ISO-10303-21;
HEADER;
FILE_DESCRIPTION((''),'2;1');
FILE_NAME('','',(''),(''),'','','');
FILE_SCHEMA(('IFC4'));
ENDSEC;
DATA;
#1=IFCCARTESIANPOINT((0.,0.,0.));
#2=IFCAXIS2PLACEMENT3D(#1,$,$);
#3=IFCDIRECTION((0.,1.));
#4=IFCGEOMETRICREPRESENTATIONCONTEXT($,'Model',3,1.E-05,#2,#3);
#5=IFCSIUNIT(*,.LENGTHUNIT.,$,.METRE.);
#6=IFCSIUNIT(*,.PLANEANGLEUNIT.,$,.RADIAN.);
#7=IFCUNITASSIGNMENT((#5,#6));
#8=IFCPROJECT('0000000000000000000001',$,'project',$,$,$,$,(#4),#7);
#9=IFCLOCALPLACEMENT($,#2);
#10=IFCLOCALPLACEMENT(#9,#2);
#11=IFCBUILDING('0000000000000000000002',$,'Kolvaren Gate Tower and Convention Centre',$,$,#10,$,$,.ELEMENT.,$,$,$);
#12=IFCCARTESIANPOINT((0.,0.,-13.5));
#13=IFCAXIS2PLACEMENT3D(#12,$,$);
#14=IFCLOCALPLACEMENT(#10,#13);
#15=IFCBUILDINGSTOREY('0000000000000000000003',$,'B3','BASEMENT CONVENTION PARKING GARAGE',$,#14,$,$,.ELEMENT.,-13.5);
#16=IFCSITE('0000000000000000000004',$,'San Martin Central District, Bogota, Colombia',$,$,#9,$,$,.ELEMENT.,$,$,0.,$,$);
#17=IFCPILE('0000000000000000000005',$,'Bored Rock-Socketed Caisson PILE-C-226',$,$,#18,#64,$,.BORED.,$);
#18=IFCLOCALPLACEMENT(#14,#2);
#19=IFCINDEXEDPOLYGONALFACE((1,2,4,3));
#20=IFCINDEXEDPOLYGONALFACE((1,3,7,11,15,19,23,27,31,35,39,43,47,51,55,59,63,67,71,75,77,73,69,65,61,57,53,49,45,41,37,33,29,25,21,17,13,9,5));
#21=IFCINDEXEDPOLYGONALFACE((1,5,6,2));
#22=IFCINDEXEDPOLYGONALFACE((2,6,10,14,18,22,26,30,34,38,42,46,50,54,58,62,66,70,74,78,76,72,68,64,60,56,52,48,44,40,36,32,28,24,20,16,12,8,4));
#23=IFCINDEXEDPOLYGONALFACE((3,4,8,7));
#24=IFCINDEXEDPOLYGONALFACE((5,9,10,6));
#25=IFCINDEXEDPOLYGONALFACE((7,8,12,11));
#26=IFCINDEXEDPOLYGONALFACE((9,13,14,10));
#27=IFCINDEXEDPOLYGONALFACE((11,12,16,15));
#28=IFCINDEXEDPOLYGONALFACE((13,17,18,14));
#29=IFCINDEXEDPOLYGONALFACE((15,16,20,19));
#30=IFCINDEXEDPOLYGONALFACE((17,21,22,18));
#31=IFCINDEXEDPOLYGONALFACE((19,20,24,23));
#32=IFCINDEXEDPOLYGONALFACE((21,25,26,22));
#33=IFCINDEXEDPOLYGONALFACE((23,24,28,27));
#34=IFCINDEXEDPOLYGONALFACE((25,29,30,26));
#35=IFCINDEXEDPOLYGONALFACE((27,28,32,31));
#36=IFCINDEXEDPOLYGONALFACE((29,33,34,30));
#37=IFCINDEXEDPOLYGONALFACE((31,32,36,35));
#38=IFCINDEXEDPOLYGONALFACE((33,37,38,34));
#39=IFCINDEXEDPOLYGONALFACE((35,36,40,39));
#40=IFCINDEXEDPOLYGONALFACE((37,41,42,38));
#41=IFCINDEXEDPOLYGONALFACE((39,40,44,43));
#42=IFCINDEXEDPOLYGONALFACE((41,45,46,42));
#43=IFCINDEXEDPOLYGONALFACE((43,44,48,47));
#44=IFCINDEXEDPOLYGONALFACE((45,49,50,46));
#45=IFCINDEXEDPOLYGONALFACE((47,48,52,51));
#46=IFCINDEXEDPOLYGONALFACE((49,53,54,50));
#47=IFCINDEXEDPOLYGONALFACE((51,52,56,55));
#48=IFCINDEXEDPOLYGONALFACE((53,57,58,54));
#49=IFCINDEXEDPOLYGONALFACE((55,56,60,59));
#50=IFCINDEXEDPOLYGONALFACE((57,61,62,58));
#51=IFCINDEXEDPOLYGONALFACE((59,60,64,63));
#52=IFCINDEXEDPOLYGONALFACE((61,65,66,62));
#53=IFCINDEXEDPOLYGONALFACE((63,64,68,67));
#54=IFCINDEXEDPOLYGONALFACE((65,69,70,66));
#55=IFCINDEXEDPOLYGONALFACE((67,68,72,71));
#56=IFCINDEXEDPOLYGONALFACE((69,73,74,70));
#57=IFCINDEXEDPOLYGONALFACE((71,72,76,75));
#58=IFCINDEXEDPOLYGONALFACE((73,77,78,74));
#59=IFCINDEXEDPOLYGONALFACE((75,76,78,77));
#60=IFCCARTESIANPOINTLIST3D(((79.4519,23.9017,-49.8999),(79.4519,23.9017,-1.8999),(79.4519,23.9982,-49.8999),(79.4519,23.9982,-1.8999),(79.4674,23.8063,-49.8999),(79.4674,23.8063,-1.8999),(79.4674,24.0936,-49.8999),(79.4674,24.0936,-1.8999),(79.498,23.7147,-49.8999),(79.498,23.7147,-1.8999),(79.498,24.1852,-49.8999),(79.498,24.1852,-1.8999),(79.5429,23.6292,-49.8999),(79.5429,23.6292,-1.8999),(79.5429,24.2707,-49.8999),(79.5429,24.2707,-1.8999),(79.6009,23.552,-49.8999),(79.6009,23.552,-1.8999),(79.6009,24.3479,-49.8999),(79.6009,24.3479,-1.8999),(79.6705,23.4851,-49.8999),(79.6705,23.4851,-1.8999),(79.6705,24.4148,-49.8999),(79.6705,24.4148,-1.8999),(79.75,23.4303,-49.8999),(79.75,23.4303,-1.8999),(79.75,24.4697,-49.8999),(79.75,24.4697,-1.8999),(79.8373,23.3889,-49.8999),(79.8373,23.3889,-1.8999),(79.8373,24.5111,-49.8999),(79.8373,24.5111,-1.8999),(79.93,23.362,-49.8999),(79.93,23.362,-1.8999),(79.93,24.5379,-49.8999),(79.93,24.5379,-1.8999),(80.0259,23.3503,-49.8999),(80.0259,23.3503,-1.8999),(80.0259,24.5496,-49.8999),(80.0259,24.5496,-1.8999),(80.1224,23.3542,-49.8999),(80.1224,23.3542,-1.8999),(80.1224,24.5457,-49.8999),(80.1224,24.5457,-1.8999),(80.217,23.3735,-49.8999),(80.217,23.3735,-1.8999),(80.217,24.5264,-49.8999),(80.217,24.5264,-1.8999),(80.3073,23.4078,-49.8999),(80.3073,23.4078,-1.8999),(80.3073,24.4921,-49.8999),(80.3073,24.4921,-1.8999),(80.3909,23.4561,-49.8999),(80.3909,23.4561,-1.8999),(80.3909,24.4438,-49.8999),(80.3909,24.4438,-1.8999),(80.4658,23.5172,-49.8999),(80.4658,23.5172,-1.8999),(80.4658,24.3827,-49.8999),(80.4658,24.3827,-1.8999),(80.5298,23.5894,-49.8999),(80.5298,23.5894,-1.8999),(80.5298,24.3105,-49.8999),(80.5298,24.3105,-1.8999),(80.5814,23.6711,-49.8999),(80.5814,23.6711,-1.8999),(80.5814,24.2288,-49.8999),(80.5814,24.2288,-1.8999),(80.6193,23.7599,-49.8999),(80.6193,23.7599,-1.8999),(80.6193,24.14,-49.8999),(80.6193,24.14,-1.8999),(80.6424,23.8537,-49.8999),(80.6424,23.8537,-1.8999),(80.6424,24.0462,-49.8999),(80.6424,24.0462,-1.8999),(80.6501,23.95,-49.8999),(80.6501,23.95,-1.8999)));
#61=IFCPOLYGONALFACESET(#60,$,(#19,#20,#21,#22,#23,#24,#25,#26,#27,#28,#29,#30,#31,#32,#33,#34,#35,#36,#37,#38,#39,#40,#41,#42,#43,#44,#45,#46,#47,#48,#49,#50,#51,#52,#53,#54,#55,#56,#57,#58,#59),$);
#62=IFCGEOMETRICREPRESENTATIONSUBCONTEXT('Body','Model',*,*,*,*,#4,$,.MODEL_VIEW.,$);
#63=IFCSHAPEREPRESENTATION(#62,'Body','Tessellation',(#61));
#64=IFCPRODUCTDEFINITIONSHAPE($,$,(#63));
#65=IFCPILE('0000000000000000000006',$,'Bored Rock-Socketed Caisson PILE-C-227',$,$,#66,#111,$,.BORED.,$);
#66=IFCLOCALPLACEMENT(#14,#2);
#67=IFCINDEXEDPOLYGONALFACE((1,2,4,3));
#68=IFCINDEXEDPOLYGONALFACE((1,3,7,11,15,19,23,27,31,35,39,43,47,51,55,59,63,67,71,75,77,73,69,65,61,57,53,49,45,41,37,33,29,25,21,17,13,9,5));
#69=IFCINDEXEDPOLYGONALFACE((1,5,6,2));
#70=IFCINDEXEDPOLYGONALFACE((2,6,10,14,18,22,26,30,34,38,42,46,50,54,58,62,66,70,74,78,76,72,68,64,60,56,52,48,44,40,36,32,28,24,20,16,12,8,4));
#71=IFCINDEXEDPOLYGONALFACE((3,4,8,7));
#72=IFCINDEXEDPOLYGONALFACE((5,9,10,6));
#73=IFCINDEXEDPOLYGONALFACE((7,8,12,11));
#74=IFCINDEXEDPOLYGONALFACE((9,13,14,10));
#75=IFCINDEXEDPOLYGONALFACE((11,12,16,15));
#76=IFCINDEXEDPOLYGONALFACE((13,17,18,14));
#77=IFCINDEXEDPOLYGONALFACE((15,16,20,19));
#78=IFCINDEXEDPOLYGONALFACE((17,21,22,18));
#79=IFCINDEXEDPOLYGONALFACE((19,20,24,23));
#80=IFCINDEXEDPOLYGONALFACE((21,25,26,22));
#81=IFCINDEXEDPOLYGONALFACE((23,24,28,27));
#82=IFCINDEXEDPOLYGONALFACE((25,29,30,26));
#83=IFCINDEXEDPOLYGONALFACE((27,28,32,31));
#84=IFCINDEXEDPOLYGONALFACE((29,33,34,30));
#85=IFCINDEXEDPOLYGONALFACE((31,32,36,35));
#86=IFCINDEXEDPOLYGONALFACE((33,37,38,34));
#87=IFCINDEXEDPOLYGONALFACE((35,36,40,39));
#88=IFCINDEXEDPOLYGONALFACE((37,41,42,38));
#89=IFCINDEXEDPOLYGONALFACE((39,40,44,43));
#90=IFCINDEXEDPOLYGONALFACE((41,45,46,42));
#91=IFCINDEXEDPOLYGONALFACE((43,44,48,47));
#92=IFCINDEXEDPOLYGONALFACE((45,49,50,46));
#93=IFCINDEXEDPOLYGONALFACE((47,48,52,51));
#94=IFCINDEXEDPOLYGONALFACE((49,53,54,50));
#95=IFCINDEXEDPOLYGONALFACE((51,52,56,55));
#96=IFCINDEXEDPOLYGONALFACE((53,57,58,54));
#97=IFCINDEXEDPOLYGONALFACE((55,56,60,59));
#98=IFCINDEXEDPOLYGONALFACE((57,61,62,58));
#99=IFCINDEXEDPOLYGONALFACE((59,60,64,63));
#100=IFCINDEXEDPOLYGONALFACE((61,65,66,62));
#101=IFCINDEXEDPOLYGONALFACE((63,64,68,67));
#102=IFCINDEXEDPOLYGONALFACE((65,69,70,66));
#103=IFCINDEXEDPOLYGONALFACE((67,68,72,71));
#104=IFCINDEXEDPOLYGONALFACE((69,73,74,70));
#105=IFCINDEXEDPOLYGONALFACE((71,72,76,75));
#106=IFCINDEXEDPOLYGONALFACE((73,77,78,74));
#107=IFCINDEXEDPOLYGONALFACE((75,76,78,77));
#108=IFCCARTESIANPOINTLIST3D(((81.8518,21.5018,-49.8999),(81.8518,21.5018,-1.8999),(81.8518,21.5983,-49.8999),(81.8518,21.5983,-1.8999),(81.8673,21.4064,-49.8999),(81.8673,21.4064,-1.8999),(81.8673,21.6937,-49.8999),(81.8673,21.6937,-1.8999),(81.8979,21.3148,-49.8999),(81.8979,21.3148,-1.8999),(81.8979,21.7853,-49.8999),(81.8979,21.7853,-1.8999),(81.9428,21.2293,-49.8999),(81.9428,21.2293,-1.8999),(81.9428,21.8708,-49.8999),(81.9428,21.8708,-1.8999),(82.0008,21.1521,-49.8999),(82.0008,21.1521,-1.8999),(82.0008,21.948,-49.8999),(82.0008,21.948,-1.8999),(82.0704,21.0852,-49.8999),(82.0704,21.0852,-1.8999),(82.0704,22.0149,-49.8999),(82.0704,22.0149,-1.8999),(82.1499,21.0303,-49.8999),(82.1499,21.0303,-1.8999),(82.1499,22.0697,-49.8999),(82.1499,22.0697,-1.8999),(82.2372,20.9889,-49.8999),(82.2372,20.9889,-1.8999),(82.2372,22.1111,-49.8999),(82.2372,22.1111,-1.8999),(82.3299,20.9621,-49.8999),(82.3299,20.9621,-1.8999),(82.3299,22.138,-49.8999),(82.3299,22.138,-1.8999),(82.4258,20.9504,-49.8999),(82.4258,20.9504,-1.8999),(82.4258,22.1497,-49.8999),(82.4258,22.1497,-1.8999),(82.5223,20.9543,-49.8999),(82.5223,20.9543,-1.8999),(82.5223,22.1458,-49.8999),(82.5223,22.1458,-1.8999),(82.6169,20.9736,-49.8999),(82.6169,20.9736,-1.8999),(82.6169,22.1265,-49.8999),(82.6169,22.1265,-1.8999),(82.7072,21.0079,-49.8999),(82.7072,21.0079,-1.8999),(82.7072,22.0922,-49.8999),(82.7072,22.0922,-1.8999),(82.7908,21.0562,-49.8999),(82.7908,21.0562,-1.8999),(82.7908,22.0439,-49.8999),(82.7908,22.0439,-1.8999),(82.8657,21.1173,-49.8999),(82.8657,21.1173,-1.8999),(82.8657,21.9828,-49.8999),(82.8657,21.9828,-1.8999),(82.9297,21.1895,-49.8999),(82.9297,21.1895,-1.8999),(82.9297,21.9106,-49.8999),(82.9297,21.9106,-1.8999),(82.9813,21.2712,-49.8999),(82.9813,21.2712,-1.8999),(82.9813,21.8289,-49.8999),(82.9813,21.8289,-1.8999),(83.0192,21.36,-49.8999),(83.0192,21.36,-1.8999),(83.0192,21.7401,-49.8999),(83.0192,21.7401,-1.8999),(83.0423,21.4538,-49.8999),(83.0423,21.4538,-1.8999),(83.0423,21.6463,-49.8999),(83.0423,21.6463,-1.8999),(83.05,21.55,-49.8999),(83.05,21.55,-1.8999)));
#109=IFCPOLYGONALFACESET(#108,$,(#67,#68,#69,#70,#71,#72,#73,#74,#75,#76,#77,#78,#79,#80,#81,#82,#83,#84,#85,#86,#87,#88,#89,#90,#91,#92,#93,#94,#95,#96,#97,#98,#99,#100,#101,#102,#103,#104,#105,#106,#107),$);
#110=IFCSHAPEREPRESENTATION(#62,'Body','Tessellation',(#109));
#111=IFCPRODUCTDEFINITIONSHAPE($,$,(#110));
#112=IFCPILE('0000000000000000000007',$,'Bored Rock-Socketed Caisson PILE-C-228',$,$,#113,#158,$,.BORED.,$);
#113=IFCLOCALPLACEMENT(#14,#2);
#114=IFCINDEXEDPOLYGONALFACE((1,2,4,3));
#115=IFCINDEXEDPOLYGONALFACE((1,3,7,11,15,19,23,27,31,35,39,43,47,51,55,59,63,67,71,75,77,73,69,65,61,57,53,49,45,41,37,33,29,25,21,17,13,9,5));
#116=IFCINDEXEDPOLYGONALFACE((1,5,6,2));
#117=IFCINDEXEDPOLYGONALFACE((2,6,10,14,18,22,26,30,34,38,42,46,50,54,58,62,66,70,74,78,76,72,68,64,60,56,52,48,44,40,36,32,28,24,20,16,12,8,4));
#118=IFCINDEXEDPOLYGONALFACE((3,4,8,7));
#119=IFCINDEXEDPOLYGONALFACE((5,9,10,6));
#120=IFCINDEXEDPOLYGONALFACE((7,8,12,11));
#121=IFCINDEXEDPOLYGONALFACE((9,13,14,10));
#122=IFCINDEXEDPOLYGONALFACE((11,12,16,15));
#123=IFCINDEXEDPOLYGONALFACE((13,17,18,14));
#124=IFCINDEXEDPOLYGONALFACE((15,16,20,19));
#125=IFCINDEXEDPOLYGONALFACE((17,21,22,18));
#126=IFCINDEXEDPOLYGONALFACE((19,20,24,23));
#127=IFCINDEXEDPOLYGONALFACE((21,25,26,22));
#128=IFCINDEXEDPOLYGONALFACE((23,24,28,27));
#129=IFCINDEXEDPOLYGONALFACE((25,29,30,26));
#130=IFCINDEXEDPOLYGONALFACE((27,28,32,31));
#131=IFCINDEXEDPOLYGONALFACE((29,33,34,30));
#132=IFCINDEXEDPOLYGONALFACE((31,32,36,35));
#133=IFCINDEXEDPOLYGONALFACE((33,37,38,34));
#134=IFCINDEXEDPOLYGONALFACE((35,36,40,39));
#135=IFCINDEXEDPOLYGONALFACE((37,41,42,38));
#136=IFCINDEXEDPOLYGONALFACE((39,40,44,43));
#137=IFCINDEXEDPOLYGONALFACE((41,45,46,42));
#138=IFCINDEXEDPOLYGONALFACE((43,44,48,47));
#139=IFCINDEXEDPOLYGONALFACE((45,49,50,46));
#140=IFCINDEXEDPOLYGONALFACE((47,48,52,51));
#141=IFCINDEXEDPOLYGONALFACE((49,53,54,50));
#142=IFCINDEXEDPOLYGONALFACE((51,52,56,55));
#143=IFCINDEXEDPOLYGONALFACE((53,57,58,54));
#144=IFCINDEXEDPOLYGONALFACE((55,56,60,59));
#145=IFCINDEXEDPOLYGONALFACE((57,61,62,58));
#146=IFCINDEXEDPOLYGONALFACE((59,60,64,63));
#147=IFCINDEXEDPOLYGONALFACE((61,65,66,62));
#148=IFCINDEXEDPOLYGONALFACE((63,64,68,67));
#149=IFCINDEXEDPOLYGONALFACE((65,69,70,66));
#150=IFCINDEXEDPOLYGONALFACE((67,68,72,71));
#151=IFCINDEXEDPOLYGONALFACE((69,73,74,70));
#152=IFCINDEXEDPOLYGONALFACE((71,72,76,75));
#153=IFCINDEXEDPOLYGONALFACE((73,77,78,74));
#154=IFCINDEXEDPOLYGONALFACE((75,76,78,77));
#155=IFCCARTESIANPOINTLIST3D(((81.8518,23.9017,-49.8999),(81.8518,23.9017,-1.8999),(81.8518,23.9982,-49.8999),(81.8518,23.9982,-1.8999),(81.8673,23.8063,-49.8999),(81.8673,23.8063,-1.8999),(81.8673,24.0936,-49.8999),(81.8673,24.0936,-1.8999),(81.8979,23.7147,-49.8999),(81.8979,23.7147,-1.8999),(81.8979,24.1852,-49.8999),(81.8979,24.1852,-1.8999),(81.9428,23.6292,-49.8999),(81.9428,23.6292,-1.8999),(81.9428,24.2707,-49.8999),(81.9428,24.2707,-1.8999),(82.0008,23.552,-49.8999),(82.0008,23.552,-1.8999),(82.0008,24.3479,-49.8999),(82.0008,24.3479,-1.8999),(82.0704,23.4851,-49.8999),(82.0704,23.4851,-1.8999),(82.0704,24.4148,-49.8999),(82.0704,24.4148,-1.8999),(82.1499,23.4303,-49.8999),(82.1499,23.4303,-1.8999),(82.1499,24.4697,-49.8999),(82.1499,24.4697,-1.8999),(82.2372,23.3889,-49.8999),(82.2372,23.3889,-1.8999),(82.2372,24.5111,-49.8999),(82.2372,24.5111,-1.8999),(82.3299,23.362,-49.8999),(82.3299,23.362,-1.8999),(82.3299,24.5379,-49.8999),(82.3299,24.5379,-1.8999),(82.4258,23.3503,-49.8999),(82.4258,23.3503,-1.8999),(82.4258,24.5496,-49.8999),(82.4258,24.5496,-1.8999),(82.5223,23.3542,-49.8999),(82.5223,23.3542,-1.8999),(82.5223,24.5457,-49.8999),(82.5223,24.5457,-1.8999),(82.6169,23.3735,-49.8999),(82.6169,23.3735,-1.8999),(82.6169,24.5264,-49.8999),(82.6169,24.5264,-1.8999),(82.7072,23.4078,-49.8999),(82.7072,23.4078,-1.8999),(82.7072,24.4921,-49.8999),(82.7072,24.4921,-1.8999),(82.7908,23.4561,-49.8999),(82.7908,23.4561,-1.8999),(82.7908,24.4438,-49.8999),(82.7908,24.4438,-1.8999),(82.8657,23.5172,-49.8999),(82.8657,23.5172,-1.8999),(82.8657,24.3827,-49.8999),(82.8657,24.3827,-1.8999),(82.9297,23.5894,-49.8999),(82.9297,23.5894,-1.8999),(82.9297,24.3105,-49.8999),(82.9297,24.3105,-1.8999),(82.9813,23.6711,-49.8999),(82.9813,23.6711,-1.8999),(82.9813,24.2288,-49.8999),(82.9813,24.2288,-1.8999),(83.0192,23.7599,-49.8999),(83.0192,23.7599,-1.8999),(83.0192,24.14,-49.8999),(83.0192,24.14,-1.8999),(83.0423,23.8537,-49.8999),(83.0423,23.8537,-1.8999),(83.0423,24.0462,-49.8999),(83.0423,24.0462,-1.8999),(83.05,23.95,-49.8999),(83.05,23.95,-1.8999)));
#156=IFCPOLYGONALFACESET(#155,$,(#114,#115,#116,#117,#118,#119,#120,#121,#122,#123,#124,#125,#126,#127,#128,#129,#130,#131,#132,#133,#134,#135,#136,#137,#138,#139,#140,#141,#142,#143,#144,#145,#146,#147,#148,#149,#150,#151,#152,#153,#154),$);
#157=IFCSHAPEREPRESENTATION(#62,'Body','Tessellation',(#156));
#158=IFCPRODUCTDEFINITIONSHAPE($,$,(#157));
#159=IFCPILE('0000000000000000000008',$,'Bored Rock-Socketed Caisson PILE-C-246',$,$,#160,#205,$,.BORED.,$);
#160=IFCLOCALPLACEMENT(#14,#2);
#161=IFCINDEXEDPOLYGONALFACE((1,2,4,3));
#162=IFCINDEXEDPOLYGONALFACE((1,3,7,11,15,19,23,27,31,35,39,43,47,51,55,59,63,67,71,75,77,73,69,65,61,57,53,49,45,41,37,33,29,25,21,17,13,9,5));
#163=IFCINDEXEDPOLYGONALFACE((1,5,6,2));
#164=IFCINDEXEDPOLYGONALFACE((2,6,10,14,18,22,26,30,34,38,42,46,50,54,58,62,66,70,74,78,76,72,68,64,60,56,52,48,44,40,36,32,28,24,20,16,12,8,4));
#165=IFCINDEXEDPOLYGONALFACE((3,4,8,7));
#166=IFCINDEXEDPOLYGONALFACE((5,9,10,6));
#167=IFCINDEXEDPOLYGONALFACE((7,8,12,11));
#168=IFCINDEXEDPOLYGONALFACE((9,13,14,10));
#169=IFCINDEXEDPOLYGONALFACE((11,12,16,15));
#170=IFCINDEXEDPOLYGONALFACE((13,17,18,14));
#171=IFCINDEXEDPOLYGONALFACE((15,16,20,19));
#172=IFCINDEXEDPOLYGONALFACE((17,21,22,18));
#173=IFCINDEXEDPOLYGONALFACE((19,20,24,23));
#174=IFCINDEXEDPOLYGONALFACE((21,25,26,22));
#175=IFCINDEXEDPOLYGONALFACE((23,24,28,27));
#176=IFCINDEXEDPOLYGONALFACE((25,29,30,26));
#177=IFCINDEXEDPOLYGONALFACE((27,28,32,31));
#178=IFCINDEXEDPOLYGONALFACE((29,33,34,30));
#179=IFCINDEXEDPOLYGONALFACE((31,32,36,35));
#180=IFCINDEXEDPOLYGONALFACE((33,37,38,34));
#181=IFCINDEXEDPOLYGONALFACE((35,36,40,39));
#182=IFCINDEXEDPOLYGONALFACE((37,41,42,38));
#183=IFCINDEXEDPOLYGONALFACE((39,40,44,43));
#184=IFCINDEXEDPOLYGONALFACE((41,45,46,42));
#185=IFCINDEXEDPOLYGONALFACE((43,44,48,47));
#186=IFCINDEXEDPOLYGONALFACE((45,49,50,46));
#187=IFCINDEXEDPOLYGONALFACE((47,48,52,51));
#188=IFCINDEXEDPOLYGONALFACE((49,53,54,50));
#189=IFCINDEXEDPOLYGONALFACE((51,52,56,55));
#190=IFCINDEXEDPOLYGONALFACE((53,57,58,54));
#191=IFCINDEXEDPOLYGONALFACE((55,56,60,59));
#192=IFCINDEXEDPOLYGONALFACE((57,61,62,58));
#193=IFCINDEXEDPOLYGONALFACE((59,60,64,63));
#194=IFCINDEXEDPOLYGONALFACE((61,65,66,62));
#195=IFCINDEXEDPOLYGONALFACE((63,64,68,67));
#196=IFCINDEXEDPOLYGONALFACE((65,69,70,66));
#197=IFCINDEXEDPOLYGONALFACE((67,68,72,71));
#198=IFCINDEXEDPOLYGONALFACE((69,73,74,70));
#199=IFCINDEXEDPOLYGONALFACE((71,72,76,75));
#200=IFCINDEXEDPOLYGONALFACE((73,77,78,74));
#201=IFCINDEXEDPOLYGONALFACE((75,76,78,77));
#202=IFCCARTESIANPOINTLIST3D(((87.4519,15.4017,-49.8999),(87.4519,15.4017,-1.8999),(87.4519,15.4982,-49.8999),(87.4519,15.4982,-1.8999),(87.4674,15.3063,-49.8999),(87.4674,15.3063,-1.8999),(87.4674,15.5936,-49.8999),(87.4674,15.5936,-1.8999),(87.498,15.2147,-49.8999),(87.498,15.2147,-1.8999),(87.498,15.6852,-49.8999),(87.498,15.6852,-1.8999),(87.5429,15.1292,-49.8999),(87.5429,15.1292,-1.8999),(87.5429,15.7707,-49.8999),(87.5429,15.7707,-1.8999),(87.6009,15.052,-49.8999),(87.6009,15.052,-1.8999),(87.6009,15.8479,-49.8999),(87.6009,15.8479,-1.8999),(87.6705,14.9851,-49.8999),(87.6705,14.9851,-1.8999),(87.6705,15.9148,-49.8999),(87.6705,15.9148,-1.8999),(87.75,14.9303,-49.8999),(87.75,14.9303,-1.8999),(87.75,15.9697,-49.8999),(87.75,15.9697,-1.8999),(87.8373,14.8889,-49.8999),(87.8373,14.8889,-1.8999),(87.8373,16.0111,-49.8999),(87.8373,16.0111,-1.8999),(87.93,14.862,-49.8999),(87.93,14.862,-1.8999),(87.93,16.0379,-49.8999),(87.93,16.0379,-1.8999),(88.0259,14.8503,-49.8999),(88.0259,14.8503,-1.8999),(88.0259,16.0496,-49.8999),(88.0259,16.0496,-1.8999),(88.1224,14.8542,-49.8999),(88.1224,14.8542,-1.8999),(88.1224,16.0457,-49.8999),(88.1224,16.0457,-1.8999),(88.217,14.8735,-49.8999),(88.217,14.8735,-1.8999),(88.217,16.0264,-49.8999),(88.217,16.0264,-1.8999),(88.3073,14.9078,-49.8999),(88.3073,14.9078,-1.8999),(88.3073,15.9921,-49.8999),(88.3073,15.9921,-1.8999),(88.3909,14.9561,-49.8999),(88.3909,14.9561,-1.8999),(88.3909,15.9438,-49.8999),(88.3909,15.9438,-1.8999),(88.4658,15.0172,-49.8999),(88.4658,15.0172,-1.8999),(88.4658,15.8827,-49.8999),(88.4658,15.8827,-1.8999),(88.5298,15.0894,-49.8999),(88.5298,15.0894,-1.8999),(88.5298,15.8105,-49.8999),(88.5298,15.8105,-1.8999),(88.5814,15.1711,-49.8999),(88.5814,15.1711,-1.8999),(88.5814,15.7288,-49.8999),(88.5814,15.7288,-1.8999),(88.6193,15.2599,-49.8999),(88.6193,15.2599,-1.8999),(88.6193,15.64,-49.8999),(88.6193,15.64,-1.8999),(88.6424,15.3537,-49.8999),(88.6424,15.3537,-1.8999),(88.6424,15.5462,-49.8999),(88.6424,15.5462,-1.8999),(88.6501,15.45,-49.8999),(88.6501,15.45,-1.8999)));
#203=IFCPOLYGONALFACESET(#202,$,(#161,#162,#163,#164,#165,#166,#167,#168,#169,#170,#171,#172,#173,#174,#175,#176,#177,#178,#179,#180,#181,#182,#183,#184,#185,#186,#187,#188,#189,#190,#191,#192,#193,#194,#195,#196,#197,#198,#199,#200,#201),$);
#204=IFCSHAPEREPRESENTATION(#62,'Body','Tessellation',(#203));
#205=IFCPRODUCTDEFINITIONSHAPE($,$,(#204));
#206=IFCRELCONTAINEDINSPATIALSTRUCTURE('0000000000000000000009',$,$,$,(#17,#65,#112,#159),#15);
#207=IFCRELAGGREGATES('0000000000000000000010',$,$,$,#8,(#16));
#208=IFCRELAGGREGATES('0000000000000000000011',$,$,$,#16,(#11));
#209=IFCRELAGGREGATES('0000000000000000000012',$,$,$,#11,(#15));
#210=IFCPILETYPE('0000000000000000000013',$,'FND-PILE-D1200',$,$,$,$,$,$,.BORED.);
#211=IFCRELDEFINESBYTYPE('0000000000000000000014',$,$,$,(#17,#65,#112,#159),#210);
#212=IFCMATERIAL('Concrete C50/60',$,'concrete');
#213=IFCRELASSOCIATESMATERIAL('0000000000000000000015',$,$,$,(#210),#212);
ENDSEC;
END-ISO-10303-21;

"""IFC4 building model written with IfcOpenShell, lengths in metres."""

from ifc_helpers import new_model, si_unit, direction, frame, origin, origin_2d, place, context, subcontext, project, spatial, circle, extrude, material, material_profile, profile_set, type_object, element, save


model = new_model("IFC4")

# Units and contexts
model_context = context("Model", 3, precision=1e-05, world=origin(), true_north=direction((0.0, 1.0)))
body_context = subcontext(model_context, "Body", "Model", "MODEL_VIEW")
ifc_project = project(units=[si_unit("LENGTHUNIT", "METRE"), si_unit("PLANEANGLEUNIT", "RADIAN")], contexts=[model_context])

# Site, building, storey
site_placement = place(None, origin())
site = spatial("IfcSite", under=ifc_project, at=site_placement, Name="San Martin Central District, Bogota, Colombia", CompositionType="ELEMENT", RefElevation=0.0)
building_placement = place(site_placement, origin())
building = spatial("IfcBuilding", under=site, at=building_placement, Name="Kolvaren Gate Tower and Convention Centre", CompositionType="ELEMENT")
storey_placement = place(building_placement, frame((0.0, 0.0, -13.5)))
storey = spatial("IfcBuildingStorey", under=building, at=storey_placement, Name="B3", Description="BASEMENT CONVENTION PARKING GARAGE", CompositionType="ELEMENT", Elevation=-13.5)

# Shared definitions
ifc_material_1 = material(Name="Concrete C50/60", Category="concrete")

# Piles
ifc_material_profile_1 = material_profile(ifc_material_1, circle(Radius=0.6001, at=origin_2d()), Name="CAISSON-D1200")
ifc_profile_set_1 = profile_set([ifc_material_profile_1], Name="Concrete C50/60")
pile_type = type_object("IfcPileType", Name="FND-PILE-D1200", PredefinedType="BORED", material=ifc_profile_set_1)
for number, where, z_axis, x_axis, name in (
    (1, (80.05, 23.95, -1.8999), (0.0, 0.0, -1.0), (1.0, 0.0, 0.0), "Bored Rock-Socketed Caisson PILE-C-226"),
    (2, (82.45, 21.55, -1.8999), (0.0, 0.0, -1.0), (1.0, 0.0, 0.0), "Bored Rock-Socketed Caisson PILE-C-227"),
    (3, (82.45, 23.95, -1.8999), (0.0, 0.0, -1.0), (1.0, 0.0, 0.0), "Bored Rock-Socketed Caisson PILE-C-228"),
    (4, (88.05, 15.45, -1.8999), (0.0, 0.0, -1.0), (1.0, 0.0, 0.0), "Bored Rock-Socketed Caisson PILE-C-246"),
):
    element("IfcPile", number, at=place(storey_placement, frame(where, z_axis=z_axis, x_axis=x_axis)), inside=storey, type_object=pile_type, Name=name, PredefinedType="BORED", context=body_context, shape_type="SweptSolid", body=[
        extrude(circle(Radius=0.6001, at=origin_2d()), origin(), (0.0, 0.0, 1.0), 48.0),
    ])

save(model, "model.ifc")
